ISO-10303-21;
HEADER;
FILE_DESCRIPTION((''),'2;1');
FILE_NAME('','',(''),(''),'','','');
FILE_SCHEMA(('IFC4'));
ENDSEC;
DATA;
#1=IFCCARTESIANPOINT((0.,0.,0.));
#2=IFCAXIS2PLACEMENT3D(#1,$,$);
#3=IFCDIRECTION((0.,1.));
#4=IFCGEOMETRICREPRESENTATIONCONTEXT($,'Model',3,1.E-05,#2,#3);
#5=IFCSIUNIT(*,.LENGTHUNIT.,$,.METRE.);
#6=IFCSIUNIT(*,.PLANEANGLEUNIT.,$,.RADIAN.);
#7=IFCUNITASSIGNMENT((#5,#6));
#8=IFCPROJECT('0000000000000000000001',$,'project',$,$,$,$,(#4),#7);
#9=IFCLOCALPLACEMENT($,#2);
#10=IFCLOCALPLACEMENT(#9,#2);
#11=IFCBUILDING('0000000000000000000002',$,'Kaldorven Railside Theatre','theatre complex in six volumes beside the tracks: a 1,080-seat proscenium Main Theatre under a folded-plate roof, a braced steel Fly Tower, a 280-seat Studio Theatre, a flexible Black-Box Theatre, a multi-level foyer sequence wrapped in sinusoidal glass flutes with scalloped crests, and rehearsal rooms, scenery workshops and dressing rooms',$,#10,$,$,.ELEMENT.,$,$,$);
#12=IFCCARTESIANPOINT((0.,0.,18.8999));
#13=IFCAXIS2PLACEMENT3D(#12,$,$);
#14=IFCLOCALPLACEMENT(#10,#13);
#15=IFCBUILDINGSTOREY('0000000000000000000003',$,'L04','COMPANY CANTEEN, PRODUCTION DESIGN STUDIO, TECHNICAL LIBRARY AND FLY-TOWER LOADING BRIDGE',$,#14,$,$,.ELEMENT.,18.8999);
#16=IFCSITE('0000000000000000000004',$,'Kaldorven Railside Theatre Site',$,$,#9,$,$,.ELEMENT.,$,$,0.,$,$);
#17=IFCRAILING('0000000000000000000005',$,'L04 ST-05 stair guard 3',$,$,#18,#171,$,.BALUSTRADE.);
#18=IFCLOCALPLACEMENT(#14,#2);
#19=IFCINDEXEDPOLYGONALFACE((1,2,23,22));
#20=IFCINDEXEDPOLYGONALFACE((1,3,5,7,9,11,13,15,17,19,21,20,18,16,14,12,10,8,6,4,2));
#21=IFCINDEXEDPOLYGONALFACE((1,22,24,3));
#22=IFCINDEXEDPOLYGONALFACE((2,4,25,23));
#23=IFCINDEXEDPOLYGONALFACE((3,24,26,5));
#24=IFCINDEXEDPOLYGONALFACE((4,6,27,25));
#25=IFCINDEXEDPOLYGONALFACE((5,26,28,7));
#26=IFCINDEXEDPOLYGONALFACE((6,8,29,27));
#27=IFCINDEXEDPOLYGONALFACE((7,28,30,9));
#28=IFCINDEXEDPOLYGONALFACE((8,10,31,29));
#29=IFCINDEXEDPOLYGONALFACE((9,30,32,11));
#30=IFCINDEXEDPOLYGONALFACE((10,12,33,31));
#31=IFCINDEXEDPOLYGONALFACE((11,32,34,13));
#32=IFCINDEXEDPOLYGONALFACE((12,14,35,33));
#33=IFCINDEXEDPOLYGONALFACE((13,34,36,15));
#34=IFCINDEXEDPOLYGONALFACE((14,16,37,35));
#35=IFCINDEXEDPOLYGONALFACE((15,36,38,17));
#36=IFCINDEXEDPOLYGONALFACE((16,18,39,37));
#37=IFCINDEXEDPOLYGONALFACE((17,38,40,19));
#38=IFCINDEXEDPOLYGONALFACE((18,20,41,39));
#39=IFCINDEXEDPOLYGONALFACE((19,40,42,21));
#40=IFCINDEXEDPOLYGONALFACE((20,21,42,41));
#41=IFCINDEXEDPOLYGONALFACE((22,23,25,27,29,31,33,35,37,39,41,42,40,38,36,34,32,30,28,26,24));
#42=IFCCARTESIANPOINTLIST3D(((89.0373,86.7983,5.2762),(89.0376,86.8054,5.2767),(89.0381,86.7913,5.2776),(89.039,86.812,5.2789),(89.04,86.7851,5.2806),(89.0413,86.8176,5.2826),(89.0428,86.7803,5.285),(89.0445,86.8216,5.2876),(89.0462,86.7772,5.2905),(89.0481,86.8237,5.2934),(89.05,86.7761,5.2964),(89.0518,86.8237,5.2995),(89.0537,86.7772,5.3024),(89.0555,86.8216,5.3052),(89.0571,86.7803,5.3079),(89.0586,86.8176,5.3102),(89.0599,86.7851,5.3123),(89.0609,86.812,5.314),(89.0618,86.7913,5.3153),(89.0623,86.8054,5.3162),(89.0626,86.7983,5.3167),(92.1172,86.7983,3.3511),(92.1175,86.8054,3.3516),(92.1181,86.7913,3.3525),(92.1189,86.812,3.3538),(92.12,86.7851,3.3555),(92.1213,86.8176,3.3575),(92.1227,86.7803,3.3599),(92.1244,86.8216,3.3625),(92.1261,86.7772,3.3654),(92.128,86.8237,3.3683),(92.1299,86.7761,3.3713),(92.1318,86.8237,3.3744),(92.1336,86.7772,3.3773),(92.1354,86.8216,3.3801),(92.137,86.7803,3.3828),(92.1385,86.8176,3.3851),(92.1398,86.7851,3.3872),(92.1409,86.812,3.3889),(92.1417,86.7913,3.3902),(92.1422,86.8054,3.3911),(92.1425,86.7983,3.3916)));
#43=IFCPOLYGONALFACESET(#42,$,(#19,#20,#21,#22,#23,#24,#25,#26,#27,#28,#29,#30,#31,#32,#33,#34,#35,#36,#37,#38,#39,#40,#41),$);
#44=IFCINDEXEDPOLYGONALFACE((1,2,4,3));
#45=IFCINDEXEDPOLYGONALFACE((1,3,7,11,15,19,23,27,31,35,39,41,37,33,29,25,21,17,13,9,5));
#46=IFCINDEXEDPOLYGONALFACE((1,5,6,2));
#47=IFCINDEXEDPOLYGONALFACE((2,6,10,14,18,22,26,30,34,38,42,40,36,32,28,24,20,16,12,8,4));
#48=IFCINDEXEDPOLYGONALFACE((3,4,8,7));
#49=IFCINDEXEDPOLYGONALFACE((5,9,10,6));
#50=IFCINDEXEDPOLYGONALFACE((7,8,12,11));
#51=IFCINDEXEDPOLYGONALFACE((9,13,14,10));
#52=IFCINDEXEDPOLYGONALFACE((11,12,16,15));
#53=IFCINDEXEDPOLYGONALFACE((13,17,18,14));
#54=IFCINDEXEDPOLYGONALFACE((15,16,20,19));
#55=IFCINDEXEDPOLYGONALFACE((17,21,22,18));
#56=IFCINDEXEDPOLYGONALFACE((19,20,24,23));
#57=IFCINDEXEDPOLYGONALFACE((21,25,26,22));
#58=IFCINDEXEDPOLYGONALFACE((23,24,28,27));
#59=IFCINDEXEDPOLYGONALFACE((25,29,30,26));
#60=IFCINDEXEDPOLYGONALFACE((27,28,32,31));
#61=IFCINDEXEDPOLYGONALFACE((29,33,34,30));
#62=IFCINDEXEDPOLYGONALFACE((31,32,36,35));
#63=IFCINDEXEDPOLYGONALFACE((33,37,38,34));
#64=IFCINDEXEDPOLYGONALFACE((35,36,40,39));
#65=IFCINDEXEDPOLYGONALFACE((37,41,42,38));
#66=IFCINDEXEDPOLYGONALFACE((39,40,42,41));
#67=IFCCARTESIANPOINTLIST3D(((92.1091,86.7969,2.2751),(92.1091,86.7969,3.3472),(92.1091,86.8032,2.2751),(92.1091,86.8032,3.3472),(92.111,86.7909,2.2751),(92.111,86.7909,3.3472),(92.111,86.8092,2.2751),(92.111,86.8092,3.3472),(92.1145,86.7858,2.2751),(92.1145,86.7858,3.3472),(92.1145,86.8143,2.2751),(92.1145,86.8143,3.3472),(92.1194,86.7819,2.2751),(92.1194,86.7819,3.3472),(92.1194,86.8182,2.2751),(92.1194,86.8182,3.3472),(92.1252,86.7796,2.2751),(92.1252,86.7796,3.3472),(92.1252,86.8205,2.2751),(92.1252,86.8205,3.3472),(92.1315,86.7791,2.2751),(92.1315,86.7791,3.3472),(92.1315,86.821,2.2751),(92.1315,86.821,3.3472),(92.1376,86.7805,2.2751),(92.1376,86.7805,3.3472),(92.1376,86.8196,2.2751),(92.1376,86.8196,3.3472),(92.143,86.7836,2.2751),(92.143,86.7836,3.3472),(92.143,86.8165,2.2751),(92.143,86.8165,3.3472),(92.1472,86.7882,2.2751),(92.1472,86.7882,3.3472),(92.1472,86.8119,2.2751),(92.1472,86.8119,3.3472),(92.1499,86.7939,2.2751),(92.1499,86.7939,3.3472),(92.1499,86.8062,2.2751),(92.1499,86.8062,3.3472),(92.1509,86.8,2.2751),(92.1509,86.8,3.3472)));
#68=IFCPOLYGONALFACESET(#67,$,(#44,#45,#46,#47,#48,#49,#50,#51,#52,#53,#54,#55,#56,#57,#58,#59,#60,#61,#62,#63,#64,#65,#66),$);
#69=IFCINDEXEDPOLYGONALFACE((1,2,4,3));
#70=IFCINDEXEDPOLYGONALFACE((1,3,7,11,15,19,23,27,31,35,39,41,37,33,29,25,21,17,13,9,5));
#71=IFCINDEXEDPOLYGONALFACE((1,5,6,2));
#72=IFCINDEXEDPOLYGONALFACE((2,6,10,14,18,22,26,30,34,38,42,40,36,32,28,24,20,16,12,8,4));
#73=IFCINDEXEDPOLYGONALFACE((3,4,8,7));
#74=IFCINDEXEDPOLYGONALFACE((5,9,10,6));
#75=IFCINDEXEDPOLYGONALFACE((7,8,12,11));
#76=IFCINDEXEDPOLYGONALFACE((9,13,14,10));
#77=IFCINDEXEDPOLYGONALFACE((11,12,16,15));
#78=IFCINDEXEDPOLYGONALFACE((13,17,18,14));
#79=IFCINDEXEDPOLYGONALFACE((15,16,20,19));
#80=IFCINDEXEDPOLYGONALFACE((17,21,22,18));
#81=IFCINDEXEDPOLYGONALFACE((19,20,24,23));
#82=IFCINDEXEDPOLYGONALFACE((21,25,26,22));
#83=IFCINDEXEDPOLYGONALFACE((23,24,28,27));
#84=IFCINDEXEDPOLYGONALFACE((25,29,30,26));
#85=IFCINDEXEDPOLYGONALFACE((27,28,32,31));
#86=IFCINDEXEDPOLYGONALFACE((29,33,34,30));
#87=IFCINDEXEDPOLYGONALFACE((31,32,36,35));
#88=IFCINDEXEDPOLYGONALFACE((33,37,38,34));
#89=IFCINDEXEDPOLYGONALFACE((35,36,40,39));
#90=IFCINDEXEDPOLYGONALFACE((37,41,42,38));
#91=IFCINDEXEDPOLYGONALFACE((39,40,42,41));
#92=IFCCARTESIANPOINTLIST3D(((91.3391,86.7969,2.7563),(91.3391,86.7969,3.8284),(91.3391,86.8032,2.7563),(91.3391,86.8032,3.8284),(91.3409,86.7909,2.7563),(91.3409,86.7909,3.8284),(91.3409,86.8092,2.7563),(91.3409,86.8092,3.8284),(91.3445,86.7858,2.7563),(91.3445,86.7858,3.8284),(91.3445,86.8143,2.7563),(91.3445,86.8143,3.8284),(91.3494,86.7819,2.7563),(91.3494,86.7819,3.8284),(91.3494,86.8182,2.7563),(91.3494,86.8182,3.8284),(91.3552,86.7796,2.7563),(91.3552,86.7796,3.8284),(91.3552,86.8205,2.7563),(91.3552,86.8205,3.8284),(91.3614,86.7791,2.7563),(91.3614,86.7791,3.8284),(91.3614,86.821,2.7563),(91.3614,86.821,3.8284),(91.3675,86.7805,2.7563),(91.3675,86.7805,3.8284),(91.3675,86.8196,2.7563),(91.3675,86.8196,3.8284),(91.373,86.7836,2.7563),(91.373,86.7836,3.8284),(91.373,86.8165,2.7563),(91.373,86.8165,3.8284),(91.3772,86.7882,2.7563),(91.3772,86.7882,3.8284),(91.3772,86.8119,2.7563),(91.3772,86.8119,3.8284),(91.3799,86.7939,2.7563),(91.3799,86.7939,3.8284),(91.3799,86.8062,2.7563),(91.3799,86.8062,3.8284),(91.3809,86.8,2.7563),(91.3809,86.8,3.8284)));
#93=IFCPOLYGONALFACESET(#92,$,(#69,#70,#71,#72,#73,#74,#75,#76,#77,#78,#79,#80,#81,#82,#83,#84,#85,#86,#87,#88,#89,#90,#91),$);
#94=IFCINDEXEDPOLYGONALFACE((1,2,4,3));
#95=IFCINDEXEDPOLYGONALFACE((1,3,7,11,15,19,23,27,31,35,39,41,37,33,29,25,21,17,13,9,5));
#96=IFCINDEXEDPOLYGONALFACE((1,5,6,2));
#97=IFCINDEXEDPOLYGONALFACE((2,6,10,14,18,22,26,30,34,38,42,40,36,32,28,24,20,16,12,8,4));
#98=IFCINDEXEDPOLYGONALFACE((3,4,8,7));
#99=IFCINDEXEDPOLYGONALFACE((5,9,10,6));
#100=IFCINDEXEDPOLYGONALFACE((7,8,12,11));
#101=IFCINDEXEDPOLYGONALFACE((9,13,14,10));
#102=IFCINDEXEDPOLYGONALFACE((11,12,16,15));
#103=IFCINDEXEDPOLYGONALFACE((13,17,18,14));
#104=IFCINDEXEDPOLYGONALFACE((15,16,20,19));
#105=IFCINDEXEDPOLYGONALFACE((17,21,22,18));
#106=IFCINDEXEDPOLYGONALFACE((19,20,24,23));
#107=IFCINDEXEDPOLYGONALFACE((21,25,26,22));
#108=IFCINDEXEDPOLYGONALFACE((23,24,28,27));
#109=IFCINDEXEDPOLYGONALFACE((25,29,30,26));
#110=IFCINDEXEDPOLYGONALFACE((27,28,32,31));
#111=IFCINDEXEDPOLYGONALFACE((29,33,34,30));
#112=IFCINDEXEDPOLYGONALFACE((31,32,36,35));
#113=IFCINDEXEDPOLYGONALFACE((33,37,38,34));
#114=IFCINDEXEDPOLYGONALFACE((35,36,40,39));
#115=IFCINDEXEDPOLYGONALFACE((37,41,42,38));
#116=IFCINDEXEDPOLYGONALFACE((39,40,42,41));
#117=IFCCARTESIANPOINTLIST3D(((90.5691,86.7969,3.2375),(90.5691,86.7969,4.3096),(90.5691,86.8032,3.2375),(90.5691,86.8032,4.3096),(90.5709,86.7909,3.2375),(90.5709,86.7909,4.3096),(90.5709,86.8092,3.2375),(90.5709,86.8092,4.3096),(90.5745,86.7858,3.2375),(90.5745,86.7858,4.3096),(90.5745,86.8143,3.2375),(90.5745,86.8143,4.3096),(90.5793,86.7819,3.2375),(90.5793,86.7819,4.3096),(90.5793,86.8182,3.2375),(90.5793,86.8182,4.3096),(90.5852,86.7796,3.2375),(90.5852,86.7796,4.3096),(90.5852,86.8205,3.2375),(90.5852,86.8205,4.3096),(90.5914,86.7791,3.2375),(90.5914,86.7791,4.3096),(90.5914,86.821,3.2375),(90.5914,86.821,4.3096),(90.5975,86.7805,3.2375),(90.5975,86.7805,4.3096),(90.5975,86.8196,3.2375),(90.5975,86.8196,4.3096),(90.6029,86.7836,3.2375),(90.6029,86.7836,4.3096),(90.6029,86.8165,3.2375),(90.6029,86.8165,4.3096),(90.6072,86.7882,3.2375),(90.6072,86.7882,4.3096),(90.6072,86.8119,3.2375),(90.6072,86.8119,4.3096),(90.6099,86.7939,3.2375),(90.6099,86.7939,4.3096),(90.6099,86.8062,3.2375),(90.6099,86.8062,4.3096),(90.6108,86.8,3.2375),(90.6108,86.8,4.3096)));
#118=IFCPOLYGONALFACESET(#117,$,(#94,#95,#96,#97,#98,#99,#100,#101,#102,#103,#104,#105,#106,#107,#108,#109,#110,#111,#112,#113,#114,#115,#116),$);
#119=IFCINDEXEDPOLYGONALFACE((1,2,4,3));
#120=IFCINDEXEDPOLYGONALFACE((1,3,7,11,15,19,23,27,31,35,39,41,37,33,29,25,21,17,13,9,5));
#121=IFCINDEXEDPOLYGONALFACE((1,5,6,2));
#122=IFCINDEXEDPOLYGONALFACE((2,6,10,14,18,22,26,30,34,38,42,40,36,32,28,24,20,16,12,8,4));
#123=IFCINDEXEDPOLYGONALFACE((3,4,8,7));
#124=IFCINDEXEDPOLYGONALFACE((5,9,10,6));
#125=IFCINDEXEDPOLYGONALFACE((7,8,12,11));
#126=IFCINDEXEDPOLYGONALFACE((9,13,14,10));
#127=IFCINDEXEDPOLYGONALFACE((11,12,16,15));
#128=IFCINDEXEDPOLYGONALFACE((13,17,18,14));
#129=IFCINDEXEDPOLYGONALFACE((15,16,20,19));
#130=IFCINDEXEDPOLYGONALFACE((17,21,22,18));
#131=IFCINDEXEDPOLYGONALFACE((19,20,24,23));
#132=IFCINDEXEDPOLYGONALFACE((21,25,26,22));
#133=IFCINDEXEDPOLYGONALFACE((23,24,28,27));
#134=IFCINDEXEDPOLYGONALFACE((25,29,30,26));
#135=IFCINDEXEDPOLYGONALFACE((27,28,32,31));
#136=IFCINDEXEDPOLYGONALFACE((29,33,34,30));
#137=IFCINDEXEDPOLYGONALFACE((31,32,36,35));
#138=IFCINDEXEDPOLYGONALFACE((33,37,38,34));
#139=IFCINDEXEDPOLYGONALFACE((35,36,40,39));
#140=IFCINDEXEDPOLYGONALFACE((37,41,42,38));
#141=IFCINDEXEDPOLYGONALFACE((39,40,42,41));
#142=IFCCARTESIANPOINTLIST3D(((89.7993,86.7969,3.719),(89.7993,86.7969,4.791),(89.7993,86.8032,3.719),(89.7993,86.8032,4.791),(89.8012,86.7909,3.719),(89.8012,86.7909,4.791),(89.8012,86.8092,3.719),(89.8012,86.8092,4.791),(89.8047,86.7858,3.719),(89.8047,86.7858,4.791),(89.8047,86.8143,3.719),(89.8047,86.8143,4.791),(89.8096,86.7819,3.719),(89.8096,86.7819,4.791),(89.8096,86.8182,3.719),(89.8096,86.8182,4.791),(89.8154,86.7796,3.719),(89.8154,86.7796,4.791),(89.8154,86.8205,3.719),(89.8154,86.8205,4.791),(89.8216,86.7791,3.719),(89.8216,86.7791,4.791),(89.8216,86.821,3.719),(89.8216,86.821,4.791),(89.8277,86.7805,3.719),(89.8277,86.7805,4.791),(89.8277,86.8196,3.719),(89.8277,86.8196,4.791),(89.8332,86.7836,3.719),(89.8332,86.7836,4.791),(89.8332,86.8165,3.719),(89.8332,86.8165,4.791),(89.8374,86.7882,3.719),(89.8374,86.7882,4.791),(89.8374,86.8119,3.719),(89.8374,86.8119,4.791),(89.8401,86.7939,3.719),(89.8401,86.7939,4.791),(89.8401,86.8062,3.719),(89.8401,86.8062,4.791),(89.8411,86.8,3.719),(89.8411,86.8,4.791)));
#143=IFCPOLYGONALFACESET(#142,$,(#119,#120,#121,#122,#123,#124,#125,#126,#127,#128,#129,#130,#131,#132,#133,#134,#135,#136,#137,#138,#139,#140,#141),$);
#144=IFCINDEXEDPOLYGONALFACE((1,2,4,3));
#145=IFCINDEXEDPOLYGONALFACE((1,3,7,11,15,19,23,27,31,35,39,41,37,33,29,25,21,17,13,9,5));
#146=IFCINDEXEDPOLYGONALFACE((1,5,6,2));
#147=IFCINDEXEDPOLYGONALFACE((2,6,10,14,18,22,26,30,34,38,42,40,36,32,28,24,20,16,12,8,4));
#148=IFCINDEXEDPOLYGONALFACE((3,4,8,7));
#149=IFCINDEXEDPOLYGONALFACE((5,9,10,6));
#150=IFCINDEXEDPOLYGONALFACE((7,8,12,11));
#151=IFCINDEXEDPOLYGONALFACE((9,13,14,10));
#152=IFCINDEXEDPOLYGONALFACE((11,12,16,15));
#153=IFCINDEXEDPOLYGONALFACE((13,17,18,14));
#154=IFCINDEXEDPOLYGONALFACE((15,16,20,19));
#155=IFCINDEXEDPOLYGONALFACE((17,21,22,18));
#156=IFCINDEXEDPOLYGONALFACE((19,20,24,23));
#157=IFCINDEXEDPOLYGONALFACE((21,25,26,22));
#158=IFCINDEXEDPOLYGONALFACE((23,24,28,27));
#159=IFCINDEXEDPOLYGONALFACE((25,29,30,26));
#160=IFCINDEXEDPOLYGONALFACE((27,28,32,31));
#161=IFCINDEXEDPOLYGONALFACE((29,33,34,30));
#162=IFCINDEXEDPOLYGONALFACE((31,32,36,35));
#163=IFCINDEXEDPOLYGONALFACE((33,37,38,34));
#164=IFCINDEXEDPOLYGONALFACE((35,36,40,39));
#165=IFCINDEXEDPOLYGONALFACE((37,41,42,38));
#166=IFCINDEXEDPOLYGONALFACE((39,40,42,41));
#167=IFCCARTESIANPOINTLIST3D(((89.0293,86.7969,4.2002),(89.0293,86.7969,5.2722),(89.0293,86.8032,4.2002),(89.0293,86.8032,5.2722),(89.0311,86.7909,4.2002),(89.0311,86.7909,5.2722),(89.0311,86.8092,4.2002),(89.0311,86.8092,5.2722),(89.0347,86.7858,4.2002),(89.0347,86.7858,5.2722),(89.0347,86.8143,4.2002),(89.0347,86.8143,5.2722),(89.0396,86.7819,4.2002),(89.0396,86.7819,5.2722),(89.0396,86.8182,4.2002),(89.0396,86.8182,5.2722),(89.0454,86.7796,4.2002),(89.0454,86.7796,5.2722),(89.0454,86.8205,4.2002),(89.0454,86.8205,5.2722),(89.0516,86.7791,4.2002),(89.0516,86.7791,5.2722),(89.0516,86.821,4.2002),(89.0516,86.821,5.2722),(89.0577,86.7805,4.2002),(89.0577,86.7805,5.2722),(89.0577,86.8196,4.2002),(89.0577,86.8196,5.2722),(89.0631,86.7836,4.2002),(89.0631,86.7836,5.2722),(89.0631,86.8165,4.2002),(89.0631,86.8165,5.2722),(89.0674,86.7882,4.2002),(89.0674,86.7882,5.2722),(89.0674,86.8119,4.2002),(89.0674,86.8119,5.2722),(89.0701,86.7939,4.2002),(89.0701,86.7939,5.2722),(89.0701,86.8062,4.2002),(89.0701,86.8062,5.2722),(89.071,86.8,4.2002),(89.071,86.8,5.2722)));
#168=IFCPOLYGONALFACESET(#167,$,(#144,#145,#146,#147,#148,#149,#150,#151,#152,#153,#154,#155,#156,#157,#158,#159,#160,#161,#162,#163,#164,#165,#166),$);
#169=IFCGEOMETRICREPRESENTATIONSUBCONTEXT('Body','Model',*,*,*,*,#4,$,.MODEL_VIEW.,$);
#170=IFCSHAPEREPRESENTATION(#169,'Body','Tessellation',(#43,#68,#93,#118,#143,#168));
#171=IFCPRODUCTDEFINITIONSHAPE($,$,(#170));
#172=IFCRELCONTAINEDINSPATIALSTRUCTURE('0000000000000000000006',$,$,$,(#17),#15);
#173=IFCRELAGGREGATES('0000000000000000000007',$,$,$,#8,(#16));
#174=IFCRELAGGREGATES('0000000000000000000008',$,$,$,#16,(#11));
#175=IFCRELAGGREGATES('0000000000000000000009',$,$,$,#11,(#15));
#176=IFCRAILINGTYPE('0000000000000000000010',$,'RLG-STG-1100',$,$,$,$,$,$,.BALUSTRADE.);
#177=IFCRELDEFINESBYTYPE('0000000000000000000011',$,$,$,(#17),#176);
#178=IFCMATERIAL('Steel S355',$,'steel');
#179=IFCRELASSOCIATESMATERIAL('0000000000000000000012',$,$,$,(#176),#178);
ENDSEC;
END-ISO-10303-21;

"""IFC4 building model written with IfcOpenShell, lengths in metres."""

from ifc_helpers import new_model, si_unit, direction, frame, origin, origin_2d, place, context, subcontext, project, spatial, circle, extrude, material, type_object, element, save


model = new_model("IFC4")

# Units and contexts
model_context = context("Model", 3, precision=1e-05, world=origin(), true_north=direction((0.0, 1.0)))
body_context = subcontext(model_context, "Body", "Model", "MODEL_VIEW")
ifc_project = project(units=[si_unit("LENGTHUNIT", "METRE"), si_unit("PLANEANGLEUNIT", "RADIAN")], contexts=[model_context])

# Site, building, storey
site_placement = place(None, origin())
site = spatial("IfcSite", under=ifc_project, at=site_placement, Name="Kaldorven Railside Theatre Site", CompositionType="ELEMENT", RefElevation=0.0)
building_placement = place(site_placement, origin())
building = spatial("IfcBuilding", under=site, at=building_placement, Name="Kaldorven Railside Theatre", Description="theatre complex in six volumes beside the tracks: a 1,080-seat proscenium Main Theatre under a folded-plate roof, a braced steel Fly Tower, a 280-seat Studio Theatre, a flexible Black-Box Theatre, a multi-level foyer sequence wrapped in sinusoidal glass flutes with scalloped crests, and rehearsal rooms, scenery workshops and dressing rooms", CompositionType="ELEMENT")
storey_placement = place(building_placement, frame((0.0, 0.0, 18.8999)))
storey = spatial("IfcBuildingStorey", under=building, at=storey_placement, Name="L04", Description="COMPANY CANTEEN, PRODUCTION DESIGN STUDIO, TECHNICAL LIBRARY AND FLY-TOWER LOADING BRIDGE", CompositionType="ELEMENT", Elevation=18.8999)

# Shared definitions
ifc_material_1 = material(Name="Steel S355", Category="steel")

# Railing
railing_type_1 = type_object("IfcRailingType", Name="RLG-STG-1100", PredefinedType="BALUSTRADE", material=ifc_material_1)
railing_1_placement = place(storey_placement, frame((92.1299, 86.8, 2.2751)))
element("IfcRailing", 1, at=railing_1_placement, inside=storey, type_object=railing_type_1, Name="L04 ST-05 stair guard 3", PredefinedType="BALUSTRADE", context=body_context, shape_type="SweptSolid", body=[
    extrude(circle(Radius=0.0239, at=origin_2d()), frame((0.0, 0.0, 1.0962), z_axis=(-0.847979, 0.0, 0.530029), x_axis=(0.0, -1.0, 0.0)), (0.0, 0.0, 1.0), 3.6321),
    extrude(circle(Radius=0.021, at=origin_2d()), origin(), (0.0, 0.0, 1.0), 1.072),
    extrude(circle(Radius=0.021, at=origin_2d()), frame((-0.77, 0.0, 0.4812)), (0.0, 0.0, 1.0), 1.072),
    extrude(circle(Radius=0.021, at=origin_2d()), frame((-1.54, 0.0, 0.9624)), (0.0, 0.0, 1.0), 1.072),
    extrude(circle(Radius=0.021, at=origin_2d()), frame((-2.3098, 0.0, 1.4438)), (0.0, 0.0, 1.0), 1.072),
    extrude(circle(Radius=0.021, at=origin_2d()), frame((-3.0798, 0.0, 1.925)), (0.0, 0.0, 1.0), 1.072),
])

save(model, "model.ifc")
